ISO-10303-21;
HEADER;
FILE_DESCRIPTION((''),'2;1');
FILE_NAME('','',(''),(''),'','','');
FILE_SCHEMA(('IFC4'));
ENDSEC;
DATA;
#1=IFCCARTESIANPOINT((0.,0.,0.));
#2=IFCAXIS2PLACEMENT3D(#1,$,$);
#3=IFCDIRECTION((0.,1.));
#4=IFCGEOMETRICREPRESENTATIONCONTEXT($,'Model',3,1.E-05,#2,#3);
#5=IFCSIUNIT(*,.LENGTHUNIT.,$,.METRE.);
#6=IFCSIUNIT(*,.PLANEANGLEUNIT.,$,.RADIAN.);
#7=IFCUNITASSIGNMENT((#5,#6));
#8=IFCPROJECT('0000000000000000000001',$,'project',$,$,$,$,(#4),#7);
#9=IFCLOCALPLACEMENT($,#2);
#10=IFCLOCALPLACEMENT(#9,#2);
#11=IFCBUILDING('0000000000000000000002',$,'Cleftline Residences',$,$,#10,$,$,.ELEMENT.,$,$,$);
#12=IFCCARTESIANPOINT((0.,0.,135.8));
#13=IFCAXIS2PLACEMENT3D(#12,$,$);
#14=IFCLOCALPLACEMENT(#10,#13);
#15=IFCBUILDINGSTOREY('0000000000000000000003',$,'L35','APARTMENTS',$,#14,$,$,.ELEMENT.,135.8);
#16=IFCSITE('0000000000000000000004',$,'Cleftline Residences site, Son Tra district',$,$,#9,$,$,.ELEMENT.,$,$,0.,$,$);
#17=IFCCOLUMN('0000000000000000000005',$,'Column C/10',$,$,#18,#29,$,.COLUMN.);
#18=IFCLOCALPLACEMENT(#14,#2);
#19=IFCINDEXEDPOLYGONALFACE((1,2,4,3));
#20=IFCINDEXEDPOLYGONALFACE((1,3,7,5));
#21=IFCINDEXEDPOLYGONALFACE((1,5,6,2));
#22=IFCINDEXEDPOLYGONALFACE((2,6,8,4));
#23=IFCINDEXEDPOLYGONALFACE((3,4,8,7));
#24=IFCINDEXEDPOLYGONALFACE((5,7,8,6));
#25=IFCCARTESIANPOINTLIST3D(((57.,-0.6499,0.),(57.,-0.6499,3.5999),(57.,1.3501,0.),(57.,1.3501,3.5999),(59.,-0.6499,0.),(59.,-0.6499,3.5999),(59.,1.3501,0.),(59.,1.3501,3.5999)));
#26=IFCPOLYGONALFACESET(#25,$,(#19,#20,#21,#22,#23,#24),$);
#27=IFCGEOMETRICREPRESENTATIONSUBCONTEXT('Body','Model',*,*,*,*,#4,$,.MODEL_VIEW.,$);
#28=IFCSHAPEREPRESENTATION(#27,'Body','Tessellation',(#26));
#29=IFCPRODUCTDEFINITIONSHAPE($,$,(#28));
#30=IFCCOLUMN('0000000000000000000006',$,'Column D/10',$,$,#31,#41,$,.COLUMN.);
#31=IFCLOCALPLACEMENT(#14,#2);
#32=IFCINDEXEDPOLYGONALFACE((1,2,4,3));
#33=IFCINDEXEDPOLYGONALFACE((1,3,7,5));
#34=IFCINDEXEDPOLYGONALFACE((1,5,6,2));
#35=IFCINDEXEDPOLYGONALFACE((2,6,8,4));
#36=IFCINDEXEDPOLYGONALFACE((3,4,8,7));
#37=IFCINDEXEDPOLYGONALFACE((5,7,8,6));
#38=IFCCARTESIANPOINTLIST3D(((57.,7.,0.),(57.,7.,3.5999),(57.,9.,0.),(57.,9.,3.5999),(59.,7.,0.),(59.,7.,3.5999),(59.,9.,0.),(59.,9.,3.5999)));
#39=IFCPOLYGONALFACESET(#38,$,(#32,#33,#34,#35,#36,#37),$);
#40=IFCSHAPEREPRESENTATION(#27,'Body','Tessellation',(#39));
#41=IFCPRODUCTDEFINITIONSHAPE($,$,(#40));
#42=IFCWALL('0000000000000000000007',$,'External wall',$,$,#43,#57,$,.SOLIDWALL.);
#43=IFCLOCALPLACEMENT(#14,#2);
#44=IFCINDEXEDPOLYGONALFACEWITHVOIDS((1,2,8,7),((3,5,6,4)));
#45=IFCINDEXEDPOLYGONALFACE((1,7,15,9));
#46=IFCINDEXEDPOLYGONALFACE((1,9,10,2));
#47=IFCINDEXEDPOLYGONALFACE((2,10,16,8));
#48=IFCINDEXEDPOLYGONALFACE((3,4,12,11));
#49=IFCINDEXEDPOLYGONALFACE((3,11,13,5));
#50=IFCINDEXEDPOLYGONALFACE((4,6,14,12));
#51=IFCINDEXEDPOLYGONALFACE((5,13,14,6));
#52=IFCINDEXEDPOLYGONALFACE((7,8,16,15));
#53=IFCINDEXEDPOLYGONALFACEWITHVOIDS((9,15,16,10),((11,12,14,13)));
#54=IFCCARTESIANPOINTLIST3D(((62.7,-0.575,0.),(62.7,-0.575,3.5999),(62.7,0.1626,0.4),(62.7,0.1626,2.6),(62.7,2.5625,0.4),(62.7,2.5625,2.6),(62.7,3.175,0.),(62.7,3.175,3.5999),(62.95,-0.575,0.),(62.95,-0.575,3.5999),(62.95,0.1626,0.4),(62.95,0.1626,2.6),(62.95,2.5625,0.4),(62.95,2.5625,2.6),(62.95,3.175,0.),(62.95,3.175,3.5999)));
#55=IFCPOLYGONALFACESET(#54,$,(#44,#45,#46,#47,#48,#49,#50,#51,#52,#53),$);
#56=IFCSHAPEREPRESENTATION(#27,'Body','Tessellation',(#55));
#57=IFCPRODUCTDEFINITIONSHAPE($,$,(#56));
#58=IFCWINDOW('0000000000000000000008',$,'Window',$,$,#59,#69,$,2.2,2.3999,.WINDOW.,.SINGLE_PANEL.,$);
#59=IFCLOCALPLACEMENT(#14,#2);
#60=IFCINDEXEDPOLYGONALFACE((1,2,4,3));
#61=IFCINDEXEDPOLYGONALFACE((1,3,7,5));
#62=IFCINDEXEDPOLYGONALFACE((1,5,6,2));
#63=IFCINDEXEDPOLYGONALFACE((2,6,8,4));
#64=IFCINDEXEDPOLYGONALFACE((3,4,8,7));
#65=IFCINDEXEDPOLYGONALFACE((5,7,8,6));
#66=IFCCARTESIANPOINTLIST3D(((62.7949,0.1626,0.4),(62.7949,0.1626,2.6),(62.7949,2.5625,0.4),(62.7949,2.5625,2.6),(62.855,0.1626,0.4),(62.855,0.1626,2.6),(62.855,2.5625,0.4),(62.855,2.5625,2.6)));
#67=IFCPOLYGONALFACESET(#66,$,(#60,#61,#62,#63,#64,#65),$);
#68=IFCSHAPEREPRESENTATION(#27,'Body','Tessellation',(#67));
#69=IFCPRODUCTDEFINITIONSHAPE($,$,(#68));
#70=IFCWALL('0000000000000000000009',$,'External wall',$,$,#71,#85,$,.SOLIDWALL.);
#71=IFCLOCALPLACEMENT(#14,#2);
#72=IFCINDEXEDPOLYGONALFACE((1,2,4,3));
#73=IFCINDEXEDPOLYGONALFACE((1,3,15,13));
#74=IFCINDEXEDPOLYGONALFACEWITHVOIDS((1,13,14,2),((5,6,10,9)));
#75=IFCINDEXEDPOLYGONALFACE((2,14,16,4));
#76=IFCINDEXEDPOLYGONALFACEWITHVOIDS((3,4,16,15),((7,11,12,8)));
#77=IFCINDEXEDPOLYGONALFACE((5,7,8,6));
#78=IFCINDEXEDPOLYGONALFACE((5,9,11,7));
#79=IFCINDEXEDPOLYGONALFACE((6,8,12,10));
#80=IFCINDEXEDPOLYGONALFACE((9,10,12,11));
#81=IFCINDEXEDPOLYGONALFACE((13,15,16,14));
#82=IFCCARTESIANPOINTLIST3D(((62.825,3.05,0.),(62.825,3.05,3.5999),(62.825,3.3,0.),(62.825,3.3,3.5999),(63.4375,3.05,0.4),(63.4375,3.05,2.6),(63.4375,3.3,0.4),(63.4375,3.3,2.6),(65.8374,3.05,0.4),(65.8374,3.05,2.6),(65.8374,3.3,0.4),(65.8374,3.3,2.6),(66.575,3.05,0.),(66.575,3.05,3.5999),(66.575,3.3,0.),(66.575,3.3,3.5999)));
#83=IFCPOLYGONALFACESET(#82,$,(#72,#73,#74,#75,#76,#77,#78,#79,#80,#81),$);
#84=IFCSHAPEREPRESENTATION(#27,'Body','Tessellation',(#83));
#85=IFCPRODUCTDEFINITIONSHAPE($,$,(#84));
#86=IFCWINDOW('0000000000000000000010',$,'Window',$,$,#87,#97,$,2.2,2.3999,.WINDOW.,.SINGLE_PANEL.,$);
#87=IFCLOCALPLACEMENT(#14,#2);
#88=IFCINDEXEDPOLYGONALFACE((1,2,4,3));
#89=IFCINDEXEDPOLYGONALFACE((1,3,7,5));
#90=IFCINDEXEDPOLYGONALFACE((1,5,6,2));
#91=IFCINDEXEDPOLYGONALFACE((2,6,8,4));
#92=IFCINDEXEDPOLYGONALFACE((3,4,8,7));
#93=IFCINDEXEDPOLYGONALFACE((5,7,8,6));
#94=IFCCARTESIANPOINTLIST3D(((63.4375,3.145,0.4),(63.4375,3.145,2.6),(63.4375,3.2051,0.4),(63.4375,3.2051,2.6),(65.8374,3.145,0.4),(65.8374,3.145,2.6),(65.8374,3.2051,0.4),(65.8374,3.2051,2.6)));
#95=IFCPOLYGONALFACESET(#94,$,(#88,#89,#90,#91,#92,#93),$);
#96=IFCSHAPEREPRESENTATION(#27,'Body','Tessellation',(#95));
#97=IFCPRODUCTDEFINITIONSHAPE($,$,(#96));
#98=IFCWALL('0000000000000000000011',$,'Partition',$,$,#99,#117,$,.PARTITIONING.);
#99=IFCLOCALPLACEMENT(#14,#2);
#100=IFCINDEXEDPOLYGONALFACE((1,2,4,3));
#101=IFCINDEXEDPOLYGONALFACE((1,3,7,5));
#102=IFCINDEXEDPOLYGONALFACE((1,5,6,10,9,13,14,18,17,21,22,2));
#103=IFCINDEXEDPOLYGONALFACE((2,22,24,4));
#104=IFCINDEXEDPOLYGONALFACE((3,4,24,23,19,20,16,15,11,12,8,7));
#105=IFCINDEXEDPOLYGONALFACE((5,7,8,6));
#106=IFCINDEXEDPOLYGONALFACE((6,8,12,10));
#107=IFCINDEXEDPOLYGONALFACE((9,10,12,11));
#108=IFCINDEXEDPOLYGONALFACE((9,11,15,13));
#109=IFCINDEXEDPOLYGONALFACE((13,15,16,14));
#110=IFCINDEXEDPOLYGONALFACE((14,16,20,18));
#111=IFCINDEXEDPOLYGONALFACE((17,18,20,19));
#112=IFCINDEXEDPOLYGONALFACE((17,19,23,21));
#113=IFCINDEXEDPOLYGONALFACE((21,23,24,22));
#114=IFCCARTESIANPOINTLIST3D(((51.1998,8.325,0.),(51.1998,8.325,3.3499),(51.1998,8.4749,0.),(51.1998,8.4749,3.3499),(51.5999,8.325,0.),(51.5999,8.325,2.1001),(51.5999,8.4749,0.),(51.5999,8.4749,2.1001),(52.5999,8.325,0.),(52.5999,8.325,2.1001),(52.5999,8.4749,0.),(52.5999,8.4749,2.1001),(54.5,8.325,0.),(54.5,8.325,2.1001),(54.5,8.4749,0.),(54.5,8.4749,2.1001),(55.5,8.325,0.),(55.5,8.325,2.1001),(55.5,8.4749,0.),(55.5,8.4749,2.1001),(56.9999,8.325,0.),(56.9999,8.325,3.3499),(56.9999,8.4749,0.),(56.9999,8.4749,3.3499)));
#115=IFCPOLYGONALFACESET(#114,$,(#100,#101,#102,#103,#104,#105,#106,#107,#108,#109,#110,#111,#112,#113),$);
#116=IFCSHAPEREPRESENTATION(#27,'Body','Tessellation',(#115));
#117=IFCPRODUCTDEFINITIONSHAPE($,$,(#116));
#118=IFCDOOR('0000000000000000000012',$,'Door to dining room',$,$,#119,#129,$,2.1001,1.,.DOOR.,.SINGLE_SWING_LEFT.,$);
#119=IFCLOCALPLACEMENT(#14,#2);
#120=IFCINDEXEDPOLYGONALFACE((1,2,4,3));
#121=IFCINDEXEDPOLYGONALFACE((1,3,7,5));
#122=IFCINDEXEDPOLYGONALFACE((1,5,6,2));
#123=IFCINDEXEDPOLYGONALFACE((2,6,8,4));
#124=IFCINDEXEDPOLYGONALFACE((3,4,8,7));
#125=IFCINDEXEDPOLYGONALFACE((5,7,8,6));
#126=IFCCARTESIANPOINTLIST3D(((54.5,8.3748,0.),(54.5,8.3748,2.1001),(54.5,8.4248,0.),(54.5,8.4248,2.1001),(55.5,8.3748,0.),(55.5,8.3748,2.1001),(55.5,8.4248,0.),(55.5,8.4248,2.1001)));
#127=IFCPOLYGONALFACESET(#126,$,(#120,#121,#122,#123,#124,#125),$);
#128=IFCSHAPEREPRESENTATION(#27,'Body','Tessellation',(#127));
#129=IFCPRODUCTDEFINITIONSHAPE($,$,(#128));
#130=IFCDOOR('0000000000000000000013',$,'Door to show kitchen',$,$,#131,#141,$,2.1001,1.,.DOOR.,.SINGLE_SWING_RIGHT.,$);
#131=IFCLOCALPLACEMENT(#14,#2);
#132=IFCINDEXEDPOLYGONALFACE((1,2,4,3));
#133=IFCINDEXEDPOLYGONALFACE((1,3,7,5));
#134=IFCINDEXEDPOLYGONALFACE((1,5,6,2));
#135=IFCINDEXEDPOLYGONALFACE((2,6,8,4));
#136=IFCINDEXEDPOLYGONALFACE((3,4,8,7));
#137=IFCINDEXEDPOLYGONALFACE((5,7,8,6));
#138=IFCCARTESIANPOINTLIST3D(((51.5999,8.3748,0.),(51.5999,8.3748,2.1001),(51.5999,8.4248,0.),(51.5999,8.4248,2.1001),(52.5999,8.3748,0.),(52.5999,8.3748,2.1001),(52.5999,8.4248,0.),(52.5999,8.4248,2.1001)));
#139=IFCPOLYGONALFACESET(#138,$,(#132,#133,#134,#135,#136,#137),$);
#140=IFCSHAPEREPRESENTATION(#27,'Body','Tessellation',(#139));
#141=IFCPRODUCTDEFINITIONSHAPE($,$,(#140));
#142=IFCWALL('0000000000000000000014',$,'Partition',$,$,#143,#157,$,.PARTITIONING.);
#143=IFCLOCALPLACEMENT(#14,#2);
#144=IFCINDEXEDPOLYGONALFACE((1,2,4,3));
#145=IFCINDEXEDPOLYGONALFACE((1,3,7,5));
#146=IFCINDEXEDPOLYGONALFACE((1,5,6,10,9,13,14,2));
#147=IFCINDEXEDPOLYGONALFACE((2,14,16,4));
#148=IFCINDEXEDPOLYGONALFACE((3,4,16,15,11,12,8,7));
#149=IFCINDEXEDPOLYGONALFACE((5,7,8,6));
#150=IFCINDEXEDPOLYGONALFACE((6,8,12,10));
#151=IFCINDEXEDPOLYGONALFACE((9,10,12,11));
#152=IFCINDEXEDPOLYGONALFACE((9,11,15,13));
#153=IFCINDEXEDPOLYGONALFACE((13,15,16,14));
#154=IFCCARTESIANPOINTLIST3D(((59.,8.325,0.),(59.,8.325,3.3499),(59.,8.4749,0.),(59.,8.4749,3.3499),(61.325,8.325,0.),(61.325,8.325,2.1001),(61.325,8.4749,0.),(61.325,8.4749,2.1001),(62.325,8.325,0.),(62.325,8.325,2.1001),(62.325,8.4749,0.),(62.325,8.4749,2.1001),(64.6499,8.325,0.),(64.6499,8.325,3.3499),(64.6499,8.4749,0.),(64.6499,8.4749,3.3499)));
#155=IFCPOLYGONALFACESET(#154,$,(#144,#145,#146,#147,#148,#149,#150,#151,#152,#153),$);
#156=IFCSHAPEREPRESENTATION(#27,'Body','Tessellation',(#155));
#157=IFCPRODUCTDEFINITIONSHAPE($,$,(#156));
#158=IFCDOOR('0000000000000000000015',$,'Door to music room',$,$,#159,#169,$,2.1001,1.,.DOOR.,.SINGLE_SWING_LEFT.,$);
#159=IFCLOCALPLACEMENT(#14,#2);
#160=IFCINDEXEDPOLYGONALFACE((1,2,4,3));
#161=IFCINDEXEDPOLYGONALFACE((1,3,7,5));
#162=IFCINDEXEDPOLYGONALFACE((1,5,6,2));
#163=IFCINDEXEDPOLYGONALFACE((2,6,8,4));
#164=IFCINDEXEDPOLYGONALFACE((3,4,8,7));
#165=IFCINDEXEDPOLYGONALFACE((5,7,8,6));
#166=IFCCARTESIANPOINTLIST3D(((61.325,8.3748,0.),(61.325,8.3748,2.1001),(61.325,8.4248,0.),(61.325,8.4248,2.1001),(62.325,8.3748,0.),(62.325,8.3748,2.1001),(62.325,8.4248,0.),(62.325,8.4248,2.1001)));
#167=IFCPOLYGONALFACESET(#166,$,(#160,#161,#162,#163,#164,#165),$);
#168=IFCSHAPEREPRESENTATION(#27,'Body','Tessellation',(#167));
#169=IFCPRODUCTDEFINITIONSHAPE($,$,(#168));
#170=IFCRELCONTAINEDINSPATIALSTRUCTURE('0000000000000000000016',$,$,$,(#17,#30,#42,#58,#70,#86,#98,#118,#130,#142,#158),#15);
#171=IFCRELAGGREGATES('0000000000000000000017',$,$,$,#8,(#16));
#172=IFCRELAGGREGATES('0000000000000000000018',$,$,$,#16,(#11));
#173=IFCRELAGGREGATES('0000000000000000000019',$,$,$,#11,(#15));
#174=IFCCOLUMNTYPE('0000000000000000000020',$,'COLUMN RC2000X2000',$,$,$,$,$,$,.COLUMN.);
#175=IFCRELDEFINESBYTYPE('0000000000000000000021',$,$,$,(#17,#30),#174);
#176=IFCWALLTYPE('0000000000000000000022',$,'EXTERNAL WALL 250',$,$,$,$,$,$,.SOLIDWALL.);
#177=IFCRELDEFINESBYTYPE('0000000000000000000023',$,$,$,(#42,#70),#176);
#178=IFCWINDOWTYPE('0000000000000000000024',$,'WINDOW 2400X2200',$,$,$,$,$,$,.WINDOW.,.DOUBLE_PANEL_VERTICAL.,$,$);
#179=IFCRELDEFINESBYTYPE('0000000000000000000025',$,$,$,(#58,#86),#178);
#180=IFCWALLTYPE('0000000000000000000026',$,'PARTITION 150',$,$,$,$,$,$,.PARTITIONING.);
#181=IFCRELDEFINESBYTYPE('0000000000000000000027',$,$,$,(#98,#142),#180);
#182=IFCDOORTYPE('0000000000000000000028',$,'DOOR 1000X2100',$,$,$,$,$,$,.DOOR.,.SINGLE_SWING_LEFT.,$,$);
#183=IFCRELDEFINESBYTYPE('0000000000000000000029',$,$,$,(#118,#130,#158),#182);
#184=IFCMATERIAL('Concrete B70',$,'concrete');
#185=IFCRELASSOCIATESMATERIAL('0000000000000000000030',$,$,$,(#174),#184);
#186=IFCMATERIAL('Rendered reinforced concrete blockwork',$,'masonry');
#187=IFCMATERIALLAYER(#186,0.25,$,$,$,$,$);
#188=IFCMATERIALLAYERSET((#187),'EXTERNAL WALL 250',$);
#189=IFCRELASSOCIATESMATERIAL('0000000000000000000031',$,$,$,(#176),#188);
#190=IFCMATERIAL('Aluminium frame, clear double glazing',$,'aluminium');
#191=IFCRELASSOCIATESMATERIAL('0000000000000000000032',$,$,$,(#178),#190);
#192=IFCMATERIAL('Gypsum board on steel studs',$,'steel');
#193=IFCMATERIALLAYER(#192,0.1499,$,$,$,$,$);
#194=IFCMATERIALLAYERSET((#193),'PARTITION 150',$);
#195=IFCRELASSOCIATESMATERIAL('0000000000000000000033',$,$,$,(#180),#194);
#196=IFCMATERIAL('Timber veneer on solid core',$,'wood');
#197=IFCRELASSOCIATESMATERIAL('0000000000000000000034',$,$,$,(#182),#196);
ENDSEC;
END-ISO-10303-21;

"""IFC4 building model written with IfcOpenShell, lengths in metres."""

from ifc_helpers import new_model, si_unit, direction, frame, frame_2d, origin, origin_2d, place, context, subcontext, project, spatial, rectangle, extrude, material, layer, layer_set, material_profile, profile_set, type_object, element, fill, save


model = new_model("IFC4")

# Units and contexts
model_context = context("Model", 3, precision=1e-05, world=origin(), true_north=direction((0.0, 1.0)))
body_context = subcontext(model_context, "Body", "Model", "MODEL_VIEW")
ifc_project = project(units=[si_unit("LENGTHUNIT", "METRE"), si_unit("PLANEANGLEUNIT", "RADIAN")], contexts=[model_context])

# Site, building, storey
site_placement = place(None, origin())
site = spatial("IfcSite", under=ifc_project, at=site_placement, Name="Cleftline Residences site, Son Tra district", CompositionType="ELEMENT", RefElevation=0.0)
building_placement = place(site_placement, origin())
building = spatial("IfcBuilding", under=site, at=building_placement, Name="Cleftline Residences", CompositionType="ELEMENT")
storey_placement = place(building_placement, frame((0.0, 0.0, 135.8)))
storey = spatial("IfcBuildingStorey", under=building, at=storey_placement, Name="L35", Description="APARTMENTS", CompositionType="ELEMENT", Elevation=135.8)

# Columns
ifc_material_1 = material(Name="Concrete B70", Category="concrete")
ifc_material_profile = material_profile(ifc_material_1, rectangle(XDim=2.0, YDim=2.0, at=origin_2d()))
ifc_profile_set = profile_set([ifc_material_profile], Name="Concrete B70")
column_type = type_object("IfcColumnType", Name="COLUMN RC2000X2000", PredefinedType="COLUMN", material=ifc_profile_set)
for number, where, z_axis, x_axis, name in (
    (1, (58.0, 0.3501, 0.0), (0.0, 0.0, 1.0), (1.0, 0.0, 0.0), "Column C/10"),
    (2, (58.0, 8.0, 0.0), (0.0, 0.0, 1.0), (1.0, 0.0, 0.0), "Column D/10"),
):
    element("IfcColumn", number, at=place(storey_placement, frame(where, z_axis=z_axis, x_axis=x_axis)), inside=storey, type_object=column_type, Name=name, PredefinedType="COLUMN", context=body_context, shape_type="SweptSolid", body=[
        extrude(rectangle(XDim=2.0, YDim=2.0, at=origin_2d()), origin(), (0.0, 0.0, 1.0), 3.5999),
    ])

# Walls, openings, windows
ifc_material_2 = material(Name="Rendered reinforced concrete blockwork", Category="masonry")
ifc_layer_1 = layer(ifc_material_2, 0.25)
ifc_layer_set_1 = layer_set([ifc_layer_1], Name="EXTERNAL WALL 250")
wall_type_1 = type_object("IfcWallType", Name="EXTERNAL WALL 250", PredefinedType="SOLIDWALL", material=ifc_layer_set_1)
wall_1_placement = place(storey_placement, frame((62.825, -0.575, 0.0), z_axis=(0.0, 0.0, 1.0), x_axis=(0.0, 1.0, 0.0)))
wall_1 = element("IfcWall", 3, at=wall_1_placement, inside=storey, type_object=wall_type_1, Name="External wall", PredefinedType="SOLIDWALL", context=body_context, shape_type="SweptSolid", body=[
    extrude(rectangle(XDim=3.75, YDim=0.25, at=frame_2d((1.875, 0.0))), origin(), (0.0, 0.0, 1.0), 3.5999),
])
opening_1_placement = place(wall_1_placement, frame((0.7375, 0.0, 0.3999)))
opening_1 = element("IfcOpeningElement", 4, at=opening_1_placement, cuts=wall_1, PredefinedType="OPENING", context=body_context, shape_type="SweptSolid", body=[
    extrude(rectangle(XDim=2.3999, YDim=2.2, at=frame_2d((1.2, 1.1001))), frame((0.0, 0.135, 0.0), z_axis=(0.0, -1.0, 0.0), x_axis=(1.0, 0.0, 0.0)), (0.0, 0.0, 1.0), 0.27),
])
ifc_material_3 = material(Name="Aluminium frame, clear double glazing", Category="aluminium")
window_type = type_object("IfcWindowType", Name="WINDOW 2400X2200", PartitioningType="DOUBLE_PANEL_VERTICAL", PredefinedType="WINDOW", material=ifc_material_3)
window_1_placement = place(opening_1_placement, origin())
window_1 = element("IfcWindow", 5, at=window_1_placement, inside=storey, type_object=window_type, Name="Window", OverallHeight=2.2, OverallWidth=2.3999, PartitioningType="SINGLE_PANEL", PredefinedType="WINDOW", context=body_context, shape_type="SweptSolid", body=[
    extrude(rectangle(XDim=2.3999, YDim=2.2, at=frame_2d((1.2, 1.1001))), frame((0.0, 0.03, 0.0), z_axis=(0.0, -1.0, 0.0), x_axis=(1.0, 0.0, 0.0)), (0.0, 0.0, 1.0), 0.0601),
])
fill(opening_1, window_1)
wall_2_placement = place(storey_placement, frame((62.825, 3.175, 0.0), z_axis=(0.0, 0.0, 1.0), x_axis=(1.0, 0.0, 0.0)))
wall_2 = element("IfcWall", 6, at=wall_2_placement, inside=storey, type_object=wall_type_1, Name="External wall", PredefinedType="SOLIDWALL", context=body_context, shape_type="SweptSolid", body=[
    extrude(rectangle(XDim=3.75, YDim=0.25, at=frame_2d((1.875, 0.0))), origin(), (0.0, 0.0, 1.0), 3.5999),
])
opening_2_placement = place(wall_2_placement, frame((0.6125, 0.0, 0.3999)))
opening_2 = element("IfcOpeningElement", 7, at=opening_2_placement, cuts=wall_2, PredefinedType="OPENING", context=body_context, shape_type="SweptSolid", body=[
    extrude(rectangle(XDim=2.3999, YDim=2.2, at=frame_2d((1.2, 1.1001))), frame((0.0, 0.135, 0.0), z_axis=(0.0, -1.0, 0.0), x_axis=(1.0, 0.0, 0.0)), (0.0, 0.0, 1.0), 0.27),
])
window_2_placement = place(opening_2_placement, origin())
window_2 = element("IfcWindow", 8, at=window_2_placement, inside=storey, type_object=window_type, Name="Window", OverallHeight=2.2, OverallWidth=2.3999, PartitioningType="SINGLE_PANEL", PredefinedType="WINDOW", context=body_context, shape_type="SweptSolid", body=[
    extrude(rectangle(XDim=2.3999, YDim=2.2, at=frame_2d((1.2, 1.1001))), frame((0.0, 0.03, 0.0), z_axis=(0.0, -1.0, 0.0), x_axis=(1.0, 0.0, 0.0)), (0.0, 0.0, 1.0), 0.0601),
])
fill(opening_2, window_2)

# Wall, openings, doors
ifc_material_4 = material(Name="Gypsum board on steel studs", Category="steel")
ifc_layer_2 = layer(ifc_material_4, 0.1499)
ifc_layer_set_2 = layer_set([ifc_layer_2], Name="PARTITION 150")
wall_type_2 = type_object("IfcWallType", Name="PARTITION 150", PredefinedType="PARTITIONING", material=ifc_layer_set_2)
wall_3_placement = place(storey_placement, frame((51.2, 8.3999, 0.0), z_axis=(0.0, 0.0, 1.0), x_axis=(1.0, 0.0, 0.0)))
wall_3 = element("IfcWall", 9, at=wall_3_placement, inside=storey, type_object=wall_type_2, Name="Partition", PredefinedType="PARTITIONING", context=body_context, shape_type="SweptSolid", body=[
    extrude(rectangle(XDim=5.8, YDim=0.1499, at=frame_2d((2.8999, 0.0))), origin(), (0.0, 0.0, 1.0), 3.3499),
])
opening_3_placement = place(wall_3_placement, frame((3.3, 0.0, 0.0)))
opening_3 = element("IfcOpeningElement", 10, at=opening_3_placement, cuts=wall_3, PredefinedType="OPENING", context=body_context, shape_type="SweptSolid", body=[
    extrude(rectangle(XDim=1.0, YDim=2.1001, at=frame_2d((0.5, 1.05))), frame((0.0, 0.085, 0.0), z_axis=(0.0, -1.0, 0.0), x_axis=(1.0, 0.0, 0.0)), (0.0, 0.0, 1.0), 0.1699),
])
opening_4_placement = place(wall_3_placement, frame((0.3999, 0.0, 0.0)))
opening_4 = element("IfcOpeningElement", 11, at=opening_4_placement, cuts=wall_3, PredefinedType="OPENING", context=body_context, shape_type="SweptSolid", body=[
    extrude(rectangle(XDim=1.0, YDim=2.1001, at=frame_2d((0.5, 1.05))), frame((0.0, 0.085, 0.0), z_axis=(0.0, -1.0, 0.0), x_axis=(1.0, 0.0, 0.0)), (0.0, 0.0, 1.0), 0.1699),
])
ifc_material_5 = material(Name="Timber veneer on solid core", Category="wood")
door_type_1 = type_object("IfcDoorType", Name="DOOR 1000X2100", OperationType="SINGLE_SWING_LEFT", PredefinedType="DOOR", material=ifc_material_5)
door_1_placement = place(opening_3_placement, origin())
door_1 = element("IfcDoor", 12, at=door_1_placement, inside=storey, type_object=door_type_1, Name="Door to dining room", OperationType="SINGLE_SWING_LEFT", OverallHeight=2.1001, OverallWidth=1.0, PredefinedType="DOOR", context=body_context, shape_type="SweptSolid", body=[
    extrude(rectangle(XDim=1.0, YDim=2.1001, at=frame_2d((0.5, 1.05))), frame((0.0, 0.0249, 0.0), z_axis=(0.0, -1.0, 0.0), x_axis=(1.0, 0.0, 0.0)), (0.0, 0.0, 1.0), 0.05),
])
fill(opening_3, door_1)
door_2_placement = place(opening_4_placement, origin())
door_2 = element("IfcDoor", 13, at=door_2_placement, inside=storey, type_object=door_type_1, Name="Door to show kitchen", OperationType="SINGLE_SWING_RIGHT", OverallHeight=2.1001, OverallWidth=1.0, PredefinedType="DOOR", context=body_context, shape_type="SweptSolid", body=[
    extrude(rectangle(XDim=1.0, YDim=2.1001, at=frame_2d((0.5, 1.05))), frame((0.0, 0.0249, 0.0), z_axis=(0.0, -1.0, 0.0), x_axis=(1.0, 0.0, 0.0)), (0.0, 0.0, 1.0), 0.05),
])
fill(opening_4, door_2)

# Wall, opening, door
wall_4_placement = place(storey_placement, frame((59.0, 8.3999, 0.0), z_axis=(0.0, 0.0, 1.0), x_axis=(1.0, 0.0, 0.0)))
wall_4 = element("IfcWall", 14, at=wall_4_placement, inside=storey, type_object=wall_type_2, Name="Partition", PredefinedType="PARTITIONING", context=body_context, shape_type="SweptSolid", body=[
    extrude(rectangle(XDim=5.6499, YDim=0.1499, at=frame_2d((2.825, 0.0))), origin(), (0.0, 0.0, 1.0), 3.3499),
])
opening_5_placement = place(wall_4_placement, frame((2.325, 0.0, 0.0)))
opening_5 = element("IfcOpeningElement", 15, at=opening_5_placement, cuts=wall_4, PredefinedType="OPENING", context=body_context, shape_type="SweptSolid", body=[
    extrude(rectangle(XDim=1.0, YDim=2.1001, at=frame_2d((0.5, 1.05))), frame((0.0, 0.085, 0.0), z_axis=(0.0, -1.0, 0.0), x_axis=(1.0, 0.0, 0.0)), (0.0, 0.0, 1.0), 0.1699),
])
door_3_placement = place(opening_5_placement, origin())
door_3 = element("IfcDoor", 16, at=door_3_placement, inside=storey, type_object=door_type_1, Name="Door to music room", OperationType="SINGLE_SWING_LEFT", OverallHeight=2.1001, OverallWidth=1.0, PredefinedType="DOOR", context=body_context, shape_type="SweptSolid", body=[
    extrude(rectangle(XDim=1.0, YDim=2.1001, at=frame_2d((0.5, 1.05))), frame((0.0, 0.0249, 0.0), z_axis=(0.0, -1.0, 0.0), x_axis=(1.0, 0.0, 0.0)), (0.0, 0.0, 1.0), 0.05),
])
fill(opening_5, door_3)

save(model, "model.ifc")
